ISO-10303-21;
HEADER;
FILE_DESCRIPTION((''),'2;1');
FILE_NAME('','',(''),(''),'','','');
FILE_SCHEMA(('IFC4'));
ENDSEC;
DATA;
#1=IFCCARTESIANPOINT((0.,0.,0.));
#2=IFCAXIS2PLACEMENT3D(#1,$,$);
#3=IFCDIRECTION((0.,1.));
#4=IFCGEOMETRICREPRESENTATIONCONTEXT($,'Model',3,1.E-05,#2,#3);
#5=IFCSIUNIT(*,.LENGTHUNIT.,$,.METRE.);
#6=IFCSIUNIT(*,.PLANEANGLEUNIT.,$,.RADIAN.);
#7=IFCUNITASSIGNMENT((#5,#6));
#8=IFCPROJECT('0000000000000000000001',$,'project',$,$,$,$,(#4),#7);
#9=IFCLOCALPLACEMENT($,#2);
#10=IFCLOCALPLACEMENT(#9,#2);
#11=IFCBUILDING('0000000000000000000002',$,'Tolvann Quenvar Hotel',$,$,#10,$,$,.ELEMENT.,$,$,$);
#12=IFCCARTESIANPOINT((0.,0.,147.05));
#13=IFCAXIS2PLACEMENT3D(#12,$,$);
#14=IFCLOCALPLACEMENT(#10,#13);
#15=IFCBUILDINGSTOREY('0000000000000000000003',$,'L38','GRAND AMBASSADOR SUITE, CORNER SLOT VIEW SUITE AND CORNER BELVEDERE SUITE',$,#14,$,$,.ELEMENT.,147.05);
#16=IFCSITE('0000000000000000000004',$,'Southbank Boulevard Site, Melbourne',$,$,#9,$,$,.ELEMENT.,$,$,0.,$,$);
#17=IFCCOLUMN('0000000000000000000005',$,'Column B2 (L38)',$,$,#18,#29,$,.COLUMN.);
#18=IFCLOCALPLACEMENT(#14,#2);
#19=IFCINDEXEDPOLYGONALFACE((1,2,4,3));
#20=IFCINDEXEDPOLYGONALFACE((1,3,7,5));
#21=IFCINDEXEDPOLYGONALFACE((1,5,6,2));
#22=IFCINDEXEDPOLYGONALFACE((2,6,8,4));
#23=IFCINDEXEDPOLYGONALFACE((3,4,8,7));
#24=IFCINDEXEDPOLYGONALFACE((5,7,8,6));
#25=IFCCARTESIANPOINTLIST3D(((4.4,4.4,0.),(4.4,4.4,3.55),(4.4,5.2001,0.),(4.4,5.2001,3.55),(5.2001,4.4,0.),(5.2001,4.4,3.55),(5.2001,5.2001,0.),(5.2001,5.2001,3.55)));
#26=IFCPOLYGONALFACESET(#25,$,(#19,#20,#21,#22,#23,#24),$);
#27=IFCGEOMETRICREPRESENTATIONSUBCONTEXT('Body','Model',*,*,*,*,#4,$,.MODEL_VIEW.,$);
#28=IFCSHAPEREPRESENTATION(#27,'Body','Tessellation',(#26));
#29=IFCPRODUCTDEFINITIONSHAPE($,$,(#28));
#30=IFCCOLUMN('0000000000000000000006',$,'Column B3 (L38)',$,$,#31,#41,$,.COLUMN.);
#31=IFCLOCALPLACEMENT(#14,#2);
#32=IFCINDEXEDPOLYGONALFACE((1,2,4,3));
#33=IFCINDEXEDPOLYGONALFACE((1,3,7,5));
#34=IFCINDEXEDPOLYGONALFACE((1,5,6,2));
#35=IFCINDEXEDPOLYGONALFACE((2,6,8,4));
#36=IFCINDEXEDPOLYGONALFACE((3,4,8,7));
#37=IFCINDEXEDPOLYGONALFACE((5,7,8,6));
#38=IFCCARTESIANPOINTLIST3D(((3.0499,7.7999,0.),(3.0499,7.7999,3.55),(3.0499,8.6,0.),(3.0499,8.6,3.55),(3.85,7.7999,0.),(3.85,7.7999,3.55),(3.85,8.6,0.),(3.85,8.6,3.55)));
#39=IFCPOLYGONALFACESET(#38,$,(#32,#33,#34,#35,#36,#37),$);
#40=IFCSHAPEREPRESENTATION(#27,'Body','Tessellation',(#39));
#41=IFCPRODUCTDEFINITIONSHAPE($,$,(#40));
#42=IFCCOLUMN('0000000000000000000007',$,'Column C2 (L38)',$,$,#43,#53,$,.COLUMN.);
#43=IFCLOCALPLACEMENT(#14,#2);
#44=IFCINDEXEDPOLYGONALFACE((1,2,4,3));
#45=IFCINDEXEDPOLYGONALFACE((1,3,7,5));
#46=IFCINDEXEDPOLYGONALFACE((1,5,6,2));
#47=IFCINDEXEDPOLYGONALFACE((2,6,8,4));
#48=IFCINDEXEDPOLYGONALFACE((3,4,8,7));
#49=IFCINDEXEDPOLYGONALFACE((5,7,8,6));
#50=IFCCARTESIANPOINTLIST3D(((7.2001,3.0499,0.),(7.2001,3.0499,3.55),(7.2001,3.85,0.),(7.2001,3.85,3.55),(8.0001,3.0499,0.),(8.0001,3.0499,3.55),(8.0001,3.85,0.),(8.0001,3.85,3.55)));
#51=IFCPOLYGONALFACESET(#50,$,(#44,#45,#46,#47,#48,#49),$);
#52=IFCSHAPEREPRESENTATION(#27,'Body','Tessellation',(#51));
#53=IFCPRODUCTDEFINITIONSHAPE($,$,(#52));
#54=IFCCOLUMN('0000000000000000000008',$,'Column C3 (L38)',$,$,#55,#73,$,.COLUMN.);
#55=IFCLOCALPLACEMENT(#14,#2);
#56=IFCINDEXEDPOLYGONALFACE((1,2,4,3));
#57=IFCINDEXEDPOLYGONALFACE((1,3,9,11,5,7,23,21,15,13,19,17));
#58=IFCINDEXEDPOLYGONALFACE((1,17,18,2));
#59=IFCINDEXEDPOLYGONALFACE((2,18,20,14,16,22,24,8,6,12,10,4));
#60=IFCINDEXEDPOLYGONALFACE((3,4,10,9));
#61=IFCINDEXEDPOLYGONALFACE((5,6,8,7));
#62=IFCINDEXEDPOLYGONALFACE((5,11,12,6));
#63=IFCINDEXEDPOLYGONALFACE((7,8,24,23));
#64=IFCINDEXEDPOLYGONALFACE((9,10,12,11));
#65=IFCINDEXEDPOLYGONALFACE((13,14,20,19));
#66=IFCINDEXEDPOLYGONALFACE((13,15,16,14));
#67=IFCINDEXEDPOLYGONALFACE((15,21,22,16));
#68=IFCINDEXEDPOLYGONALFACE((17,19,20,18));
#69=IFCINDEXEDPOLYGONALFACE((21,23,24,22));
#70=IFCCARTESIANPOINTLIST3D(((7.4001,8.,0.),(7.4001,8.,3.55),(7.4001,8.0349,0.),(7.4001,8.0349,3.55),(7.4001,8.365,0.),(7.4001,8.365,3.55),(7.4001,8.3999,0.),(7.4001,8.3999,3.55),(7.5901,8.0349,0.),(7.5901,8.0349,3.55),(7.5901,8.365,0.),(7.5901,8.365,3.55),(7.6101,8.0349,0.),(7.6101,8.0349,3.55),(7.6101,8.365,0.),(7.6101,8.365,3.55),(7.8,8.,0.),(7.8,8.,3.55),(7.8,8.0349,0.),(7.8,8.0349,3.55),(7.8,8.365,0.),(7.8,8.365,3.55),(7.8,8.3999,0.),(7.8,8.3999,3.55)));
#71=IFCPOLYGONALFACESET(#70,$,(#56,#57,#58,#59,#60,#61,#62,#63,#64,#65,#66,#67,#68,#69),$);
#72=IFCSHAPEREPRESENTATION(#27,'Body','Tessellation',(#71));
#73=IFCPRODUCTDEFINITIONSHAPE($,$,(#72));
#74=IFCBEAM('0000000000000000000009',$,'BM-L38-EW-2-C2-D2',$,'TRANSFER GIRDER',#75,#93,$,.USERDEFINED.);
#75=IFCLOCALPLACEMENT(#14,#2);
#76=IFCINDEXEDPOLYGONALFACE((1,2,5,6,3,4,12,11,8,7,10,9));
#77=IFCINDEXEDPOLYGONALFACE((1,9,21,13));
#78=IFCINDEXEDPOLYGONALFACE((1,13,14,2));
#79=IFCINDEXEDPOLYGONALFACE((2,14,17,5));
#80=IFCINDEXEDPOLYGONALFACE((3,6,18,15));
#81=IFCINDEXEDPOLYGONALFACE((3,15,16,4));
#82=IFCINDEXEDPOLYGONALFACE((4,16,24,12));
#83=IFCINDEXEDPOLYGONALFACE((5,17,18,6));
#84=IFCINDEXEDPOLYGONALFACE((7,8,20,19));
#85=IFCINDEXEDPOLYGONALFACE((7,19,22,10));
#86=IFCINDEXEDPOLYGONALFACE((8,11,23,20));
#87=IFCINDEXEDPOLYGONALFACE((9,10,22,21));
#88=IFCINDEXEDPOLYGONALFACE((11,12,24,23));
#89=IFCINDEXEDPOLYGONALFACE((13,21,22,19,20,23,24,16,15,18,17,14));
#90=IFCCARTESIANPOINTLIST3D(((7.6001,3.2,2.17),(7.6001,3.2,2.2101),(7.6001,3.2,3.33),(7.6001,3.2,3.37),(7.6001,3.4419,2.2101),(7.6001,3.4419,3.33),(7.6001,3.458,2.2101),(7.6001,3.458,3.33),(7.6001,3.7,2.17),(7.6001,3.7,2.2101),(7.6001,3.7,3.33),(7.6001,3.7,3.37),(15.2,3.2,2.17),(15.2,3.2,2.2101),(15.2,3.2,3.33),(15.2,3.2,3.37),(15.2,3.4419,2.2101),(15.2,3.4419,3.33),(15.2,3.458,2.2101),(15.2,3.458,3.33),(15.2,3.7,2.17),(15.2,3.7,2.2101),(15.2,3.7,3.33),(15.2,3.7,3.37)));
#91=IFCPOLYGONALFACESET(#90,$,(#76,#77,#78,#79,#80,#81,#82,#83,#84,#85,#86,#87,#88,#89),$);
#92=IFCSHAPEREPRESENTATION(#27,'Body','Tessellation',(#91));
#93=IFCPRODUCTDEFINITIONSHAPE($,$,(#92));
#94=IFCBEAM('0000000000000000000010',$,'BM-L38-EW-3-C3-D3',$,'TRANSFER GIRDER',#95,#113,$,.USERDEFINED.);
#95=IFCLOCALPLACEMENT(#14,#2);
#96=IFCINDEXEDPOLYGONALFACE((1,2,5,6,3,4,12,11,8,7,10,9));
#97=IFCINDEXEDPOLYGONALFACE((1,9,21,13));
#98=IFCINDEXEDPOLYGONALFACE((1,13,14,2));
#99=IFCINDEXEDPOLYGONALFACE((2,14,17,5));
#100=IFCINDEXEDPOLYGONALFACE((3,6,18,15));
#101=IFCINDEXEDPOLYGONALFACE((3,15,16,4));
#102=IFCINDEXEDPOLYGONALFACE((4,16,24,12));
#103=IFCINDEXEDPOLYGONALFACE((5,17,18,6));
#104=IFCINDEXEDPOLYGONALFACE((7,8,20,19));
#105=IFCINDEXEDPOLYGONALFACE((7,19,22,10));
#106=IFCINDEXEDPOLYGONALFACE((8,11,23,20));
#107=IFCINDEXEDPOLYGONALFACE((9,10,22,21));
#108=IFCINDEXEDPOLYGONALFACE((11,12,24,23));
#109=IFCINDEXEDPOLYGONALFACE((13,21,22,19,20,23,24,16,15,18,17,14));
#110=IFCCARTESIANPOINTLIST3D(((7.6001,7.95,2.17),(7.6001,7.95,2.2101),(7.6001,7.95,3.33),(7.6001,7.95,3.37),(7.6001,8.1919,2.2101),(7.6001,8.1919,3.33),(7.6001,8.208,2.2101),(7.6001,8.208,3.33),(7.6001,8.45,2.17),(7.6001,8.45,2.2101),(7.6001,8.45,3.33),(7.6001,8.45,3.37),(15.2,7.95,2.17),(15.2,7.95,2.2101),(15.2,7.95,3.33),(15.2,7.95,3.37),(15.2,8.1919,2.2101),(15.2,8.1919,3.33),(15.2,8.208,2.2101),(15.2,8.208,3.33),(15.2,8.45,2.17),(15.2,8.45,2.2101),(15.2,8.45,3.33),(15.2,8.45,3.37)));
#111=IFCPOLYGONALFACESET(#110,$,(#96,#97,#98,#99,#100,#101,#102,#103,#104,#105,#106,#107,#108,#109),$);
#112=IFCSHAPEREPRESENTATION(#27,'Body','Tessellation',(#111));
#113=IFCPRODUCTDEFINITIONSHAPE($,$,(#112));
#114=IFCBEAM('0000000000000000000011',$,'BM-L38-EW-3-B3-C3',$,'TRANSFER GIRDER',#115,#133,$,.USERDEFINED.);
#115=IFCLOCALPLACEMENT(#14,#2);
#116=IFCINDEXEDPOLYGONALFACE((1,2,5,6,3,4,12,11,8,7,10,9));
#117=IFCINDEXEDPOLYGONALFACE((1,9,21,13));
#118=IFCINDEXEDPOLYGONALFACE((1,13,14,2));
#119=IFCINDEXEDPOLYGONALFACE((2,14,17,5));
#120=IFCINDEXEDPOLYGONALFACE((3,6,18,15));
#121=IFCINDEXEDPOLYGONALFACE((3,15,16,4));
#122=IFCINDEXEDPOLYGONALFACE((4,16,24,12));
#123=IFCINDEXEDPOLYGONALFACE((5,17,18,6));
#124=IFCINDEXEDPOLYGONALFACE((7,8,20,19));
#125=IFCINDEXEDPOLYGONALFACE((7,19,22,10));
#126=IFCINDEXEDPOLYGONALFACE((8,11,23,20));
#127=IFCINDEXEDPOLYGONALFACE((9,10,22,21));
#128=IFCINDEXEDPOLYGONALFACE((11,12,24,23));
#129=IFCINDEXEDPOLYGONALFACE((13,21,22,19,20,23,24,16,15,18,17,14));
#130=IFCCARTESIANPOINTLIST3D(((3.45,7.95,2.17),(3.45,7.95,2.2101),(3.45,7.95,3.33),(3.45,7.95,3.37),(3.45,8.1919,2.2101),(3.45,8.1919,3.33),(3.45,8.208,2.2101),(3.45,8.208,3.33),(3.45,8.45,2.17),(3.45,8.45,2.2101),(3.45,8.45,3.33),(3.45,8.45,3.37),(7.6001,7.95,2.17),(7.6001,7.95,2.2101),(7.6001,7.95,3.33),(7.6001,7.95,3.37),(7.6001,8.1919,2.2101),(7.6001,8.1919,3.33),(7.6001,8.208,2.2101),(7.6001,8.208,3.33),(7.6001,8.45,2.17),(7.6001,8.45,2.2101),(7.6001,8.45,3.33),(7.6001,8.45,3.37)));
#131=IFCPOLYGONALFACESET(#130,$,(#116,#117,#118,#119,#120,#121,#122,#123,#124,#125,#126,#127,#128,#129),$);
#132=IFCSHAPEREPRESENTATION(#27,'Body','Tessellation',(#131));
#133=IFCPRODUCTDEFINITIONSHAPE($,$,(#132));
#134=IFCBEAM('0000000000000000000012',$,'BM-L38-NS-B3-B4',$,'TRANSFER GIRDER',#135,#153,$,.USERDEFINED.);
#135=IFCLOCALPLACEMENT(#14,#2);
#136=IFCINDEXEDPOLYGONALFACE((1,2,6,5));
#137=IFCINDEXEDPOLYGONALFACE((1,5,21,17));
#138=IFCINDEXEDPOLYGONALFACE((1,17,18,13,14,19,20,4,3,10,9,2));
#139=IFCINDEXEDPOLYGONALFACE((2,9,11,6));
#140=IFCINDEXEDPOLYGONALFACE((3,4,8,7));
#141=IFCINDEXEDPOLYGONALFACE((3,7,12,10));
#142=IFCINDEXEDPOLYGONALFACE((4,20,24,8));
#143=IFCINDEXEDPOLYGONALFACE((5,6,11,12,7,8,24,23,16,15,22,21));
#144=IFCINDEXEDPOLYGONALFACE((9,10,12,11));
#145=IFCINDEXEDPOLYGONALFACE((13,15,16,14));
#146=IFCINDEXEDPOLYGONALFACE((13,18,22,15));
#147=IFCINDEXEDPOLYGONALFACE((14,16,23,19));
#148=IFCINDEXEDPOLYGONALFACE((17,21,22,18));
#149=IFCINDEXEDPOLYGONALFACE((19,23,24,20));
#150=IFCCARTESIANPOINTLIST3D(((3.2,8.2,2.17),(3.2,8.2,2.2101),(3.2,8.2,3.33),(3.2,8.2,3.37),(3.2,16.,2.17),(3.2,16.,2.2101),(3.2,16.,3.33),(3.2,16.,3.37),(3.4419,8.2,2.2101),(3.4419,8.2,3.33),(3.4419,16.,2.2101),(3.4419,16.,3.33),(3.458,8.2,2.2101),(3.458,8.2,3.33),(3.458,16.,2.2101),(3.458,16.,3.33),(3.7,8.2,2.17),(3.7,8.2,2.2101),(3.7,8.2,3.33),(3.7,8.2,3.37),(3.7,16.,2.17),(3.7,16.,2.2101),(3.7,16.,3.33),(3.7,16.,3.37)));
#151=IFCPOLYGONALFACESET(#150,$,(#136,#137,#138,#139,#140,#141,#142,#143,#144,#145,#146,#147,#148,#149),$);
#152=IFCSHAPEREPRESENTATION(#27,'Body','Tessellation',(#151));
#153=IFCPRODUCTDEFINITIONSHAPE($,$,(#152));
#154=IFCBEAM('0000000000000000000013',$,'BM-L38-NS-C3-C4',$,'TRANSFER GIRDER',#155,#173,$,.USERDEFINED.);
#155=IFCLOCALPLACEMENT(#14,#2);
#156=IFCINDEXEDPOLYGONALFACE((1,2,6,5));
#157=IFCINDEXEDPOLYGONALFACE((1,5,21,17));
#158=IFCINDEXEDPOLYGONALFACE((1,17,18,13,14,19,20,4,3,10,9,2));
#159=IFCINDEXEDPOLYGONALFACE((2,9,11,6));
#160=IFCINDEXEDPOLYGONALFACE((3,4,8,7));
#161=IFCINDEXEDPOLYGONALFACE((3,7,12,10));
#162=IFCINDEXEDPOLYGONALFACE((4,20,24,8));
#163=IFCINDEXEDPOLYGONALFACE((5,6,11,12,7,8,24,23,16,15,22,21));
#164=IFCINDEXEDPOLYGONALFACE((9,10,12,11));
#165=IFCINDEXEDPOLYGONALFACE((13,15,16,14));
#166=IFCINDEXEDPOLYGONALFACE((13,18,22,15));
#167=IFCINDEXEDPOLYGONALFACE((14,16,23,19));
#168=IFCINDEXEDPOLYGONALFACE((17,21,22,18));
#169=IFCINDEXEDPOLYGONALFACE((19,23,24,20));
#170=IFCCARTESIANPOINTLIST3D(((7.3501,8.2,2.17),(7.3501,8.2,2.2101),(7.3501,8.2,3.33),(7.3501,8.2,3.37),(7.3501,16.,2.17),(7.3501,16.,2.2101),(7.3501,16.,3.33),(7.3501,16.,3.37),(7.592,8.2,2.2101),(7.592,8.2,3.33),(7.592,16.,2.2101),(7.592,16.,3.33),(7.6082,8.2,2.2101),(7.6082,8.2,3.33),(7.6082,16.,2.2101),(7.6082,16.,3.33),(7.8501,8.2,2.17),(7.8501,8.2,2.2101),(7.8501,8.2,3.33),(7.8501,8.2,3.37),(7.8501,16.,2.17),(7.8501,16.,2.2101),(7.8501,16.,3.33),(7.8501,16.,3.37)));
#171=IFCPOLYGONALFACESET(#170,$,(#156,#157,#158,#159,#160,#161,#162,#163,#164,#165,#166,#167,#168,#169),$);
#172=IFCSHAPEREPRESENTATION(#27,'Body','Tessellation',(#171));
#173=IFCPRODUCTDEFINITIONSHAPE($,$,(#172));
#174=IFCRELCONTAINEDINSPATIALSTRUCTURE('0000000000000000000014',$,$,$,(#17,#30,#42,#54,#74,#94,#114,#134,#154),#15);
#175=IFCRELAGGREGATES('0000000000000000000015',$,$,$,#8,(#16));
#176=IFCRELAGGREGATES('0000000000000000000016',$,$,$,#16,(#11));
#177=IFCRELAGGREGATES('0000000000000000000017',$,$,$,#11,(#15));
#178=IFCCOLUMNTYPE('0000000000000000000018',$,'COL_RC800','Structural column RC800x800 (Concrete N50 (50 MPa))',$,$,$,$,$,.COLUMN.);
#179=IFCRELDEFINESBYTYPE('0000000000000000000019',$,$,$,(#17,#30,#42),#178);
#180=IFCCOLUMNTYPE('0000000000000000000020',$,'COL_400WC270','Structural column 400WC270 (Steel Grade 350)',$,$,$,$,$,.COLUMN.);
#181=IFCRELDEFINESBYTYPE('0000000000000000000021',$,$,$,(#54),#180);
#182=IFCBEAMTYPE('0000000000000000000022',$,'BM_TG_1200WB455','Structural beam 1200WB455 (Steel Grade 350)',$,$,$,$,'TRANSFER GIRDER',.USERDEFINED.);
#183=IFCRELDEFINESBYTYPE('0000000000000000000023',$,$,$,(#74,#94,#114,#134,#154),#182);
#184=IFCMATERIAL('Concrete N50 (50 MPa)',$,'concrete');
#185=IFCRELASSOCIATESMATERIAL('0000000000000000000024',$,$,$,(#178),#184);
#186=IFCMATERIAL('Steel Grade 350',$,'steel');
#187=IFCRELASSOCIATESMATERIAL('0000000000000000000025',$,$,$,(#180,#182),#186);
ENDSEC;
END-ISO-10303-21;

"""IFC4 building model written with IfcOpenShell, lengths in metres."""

from ifc_helpers import new_model, si_unit, direction, frame, origin, origin_2d, place, context, subcontext, project, spatial, rectangle, i_section, extrude, source, transform, mapped, material, material_profile, profile_set, type_object, type_shapes, element, save


model = new_model("IFC4")

# Units and contexts
model_context = context("Model", 3, precision=1e-05, world=origin(), true_north=direction((0.0, 1.0)))
body_context = subcontext(model_context, "Body", "Model", "MODEL_VIEW")
ifc_project = project(units=[si_unit("LENGTHUNIT", "METRE"), si_unit("PLANEANGLEUNIT", "RADIAN")], contexts=[model_context])

# Site, building, storey
site_placement = place(None, origin())
site = spatial("IfcSite", under=ifc_project, at=site_placement, Name="Southbank Boulevard Site, Melbourne", CompositionType="ELEMENT", RefElevation=0.0)
building_placement = place(site_placement, origin())
building = spatial("IfcBuilding", under=site, at=building_placement, Name="Tolvann Quenvar Hotel", CompositionType="ELEMENT")
storey_placement = place(building_placement, frame((0.0, 0.0, 147.05)))
storey = spatial("IfcBuildingStorey", under=building, at=storey_placement, Name="L38", Description="GRAND AMBASSADOR SUITE, CORNER SLOT VIEW SUITE AND CORNER BELVEDERE SUITE", CompositionType="ELEMENT", Elevation=147.05)

# Columns
ifc_material_1 = material(Name="Concrete N50 (50 MPa)", Category="concrete")
ifc_material_profile_1 = material_profile(ifc_material_1, rectangle(XDim=0.8, YDim=0.8, at=origin_2d()), Name="RC800x800")
ifc_profile_set_1 = profile_set([ifc_material_profile_1], Name="Concrete N50 (50 MPa)")
column_type_1 = type_object("IfcColumnType", Name="COL_RC800", Description="Structural column RC800x800 (Concrete N50 (50 MPa))", PredefinedType="COLUMN", material=ifc_profile_set_1)
shared_shape_1 = source(origin(), body_context, "Body", "SweptSolid", [
    extrude(rectangle(XDim=0.8, YDim=0.8, at=origin_2d()), origin(), (0.0, 0.0, 1.0), 3.55),
])
type_shapes(column_type_1, [shared_shape_1])
for number, where, z_axis, x_axis, name in (
    (1, (4.8, 4.8, 0.0), (0.0, 0.0, 1.0), (1.0, 0.0, 0.0), "Column B2 (L38)"),
    (2, (3.45, 8.2, 0.0), (0.0, 0.0, 1.0), (1.0, 0.0, 0.0), "Column B3 (L38)"),
    (3, (7.6001, 3.45, 0.0), (0.0, 0.0, 1.0), (1.0, 0.0, 0.0), "Column C2 (L38)"),
):
    element("IfcColumn", number, at=place(storey_placement, frame(where, z_axis=z_axis, x_axis=x_axis)), inside=storey, type_object=column_type_1, Name=name, PredefinedType="COLUMN", context=body_context, shape_type="MappedRepresentation", body=[
        mapped(shared_shape_1, transform((0.0, 0.0, 0.0), x_axis=(1.0, 0.0, 0.0), y_axis=(0.0, 1.0, 0.0), z_axis=(0.0, 0.0, 1.0), scale=1.0)),
    ])
ifc_material_2 = material(Name="Steel Grade 350", Category="steel")
ifc_material_profile_2 = material_profile(ifc_material_2, i_section(OverallWidth=0.3999, OverallDepth=0.3999, WebThickness=0.02, FlangeThickness=0.0349, at=origin_2d()), Name="400WC270")
ifc_profile_set_2 = profile_set([ifc_material_profile_2], Name="Steel Grade 350")
column_type_2 = type_object("IfcColumnType", Name="COL_400WC270", Description="Structural column 400WC270 (Steel Grade 350)", PredefinedType="COLUMN", material=ifc_profile_set_2)
shared_shape_2 = source(origin(), body_context, "Body", "SweptSolid", [
    extrude(i_section(OverallWidth=0.3999, OverallDepth=0.3999, WebThickness=0.02, FlangeThickness=0.0349, at=origin_2d()), origin(), (0.0, 0.0, 1.0), 3.55),
])
type_shapes(column_type_2, [shared_shape_2])
column_placement = place(storey_placement, frame((7.6001, 8.2, 0.0), z_axis=(0.0, 0.0, 1.0), x_axis=(1.0, 0.0, 0.0)))
element("IfcColumn", 4, at=column_placement, inside=storey, type_object=column_type_2, Name="Column C3 (L38)", PredefinedType="COLUMN", context=body_context, shape_type="MappedRepresentation", body=[
    mapped(shared_shape_2, transform((0.0, 0.0, 0.0), x_axis=(1.0, 0.0, 0.0), y_axis=(0.0, 1.0, 0.0), z_axis=(0.0, 0.0, 1.0), scale=1.0)),
])

# Beams
ifc_material_profile_3 = material_profile(ifc_material_2, i_section(OverallWidth=0.5, OverallDepth=1.2, WebThickness=0.0161, FlangeThickness=0.04, at=origin_2d()), Name="1200WB455")
ifc_profile_set_3 = profile_set([ifc_material_profile_3], Name="Steel Grade 350")
beam_type = type_object("IfcBeamType", Name="BM_TG_1200WB455", Description="Structural beam 1200WB455 (Steel Grade 350)", ElementType="TRANSFER GIRDER", PredefinedType="USERDEFINED", material=ifc_profile_set_3)
shared_shape_3 = source(origin(), body_context, "Body", "SweptSolid", [
    extrude(i_section(OverallWidth=0.5, OverallDepth=1.2, WebThickness=0.0161, FlangeThickness=0.04, at=origin_2d()), origin(), (0.0, 0.0, 1.0), 7.5999),
])
for number, where, z_axis, x_axis, name in (
    (5, (7.6001, 3.45, 2.77), (1.0, 0.0, 0.0), (0.0, 1.0, 0.0), "BM-L38-EW-2-C2-D2"),
    (6, (7.6001, 8.2, 2.77), (1.0, 0.0, 0.0), (0.0, 1.0, 0.0), "BM-L38-EW-3-C3-D3"),
):
    element("IfcBeam", number, at=place(storey_placement, frame(where, z_axis=z_axis, x_axis=x_axis)), inside=storey, type_object=beam_type, Name=name, ObjectType="TRANSFER GIRDER", PredefinedType="USERDEFINED", context=body_context, shape_type="MappedRepresentation", body=[
        mapped(shared_shape_3, transform((0.0, 0.0, 0.0), x_axis=(1.0, 0.0, 0.0), y_axis=(0.0, 1.0, 0.0), z_axis=(0.0, 0.0, 1.0), scale=1.0)),
    ])
shared_shape_4 = source(origin(), body_context, "Body", "SweptSolid", [
    extrude(i_section(OverallWidth=0.5, OverallDepth=1.2, WebThickness=0.0161, FlangeThickness=0.04, at=origin_2d()), origin(), (0.0, 0.0, 1.0), 4.1501),
])
beam_1_placement = place(storey_placement, frame((3.45, 8.2, 2.77), z_axis=(1.0, 0.0, 0.0), x_axis=(0.0, 1.0, 0.0)))
element("IfcBeam", 7, at=beam_1_placement, inside=storey, type_object=beam_type, Name="BM-L38-EW-3-B3-C3", ObjectType="TRANSFER GIRDER", PredefinedType="USERDEFINED", context=body_context, shape_type="MappedRepresentation", body=[
    mapped(shared_shape_4, transform((0.0, 0.0, 0.0), x_axis=(1.0, 0.0, 0.0), y_axis=(0.0, 1.0, 0.0), z_axis=(0.0, 0.0, 1.0), scale=1.0)),
])
shared_shape_5 = source(origin(), body_context, "Body", "SweptSolid", [
    extrude(i_section(OverallWidth=0.5, OverallDepth=1.2, WebThickness=0.0161, FlangeThickness=0.04, at=origin_2d()), origin(), (0.0, 0.0, 1.0), 7.8),
])
for number, where, z_axis, x_axis, name in (
    (8, (3.45, 8.2, 2.77), (0.0, 1.0, 0.0), (-1.0, 0.0, 0.0), "BM-L38-NS-B3-B4"),
    (9, (7.6001, 8.2, 2.77), (0.0, 1.0, 0.0), (-1.0, 0.0, 0.0), "BM-L38-NS-C3-C4"),
):
    element("IfcBeam", number, at=place(storey_placement, frame(where, z_axis=z_axis, x_axis=x_axis)), inside=storey, type_object=beam_type, Name=name, ObjectType="TRANSFER GIRDER", PredefinedType="USERDEFINED", context=body_context, shape_type="MappedRepresentation", body=[
        mapped(shared_shape_5, transform((0.0, 0.0, 0.0), x_axis=(1.0, 0.0, 0.0), y_axis=(0.0, 1.0, 0.0), z_axis=(0.0, 0.0, 1.0), scale=1.0)),
    ])

save(model, "model.ifc")
